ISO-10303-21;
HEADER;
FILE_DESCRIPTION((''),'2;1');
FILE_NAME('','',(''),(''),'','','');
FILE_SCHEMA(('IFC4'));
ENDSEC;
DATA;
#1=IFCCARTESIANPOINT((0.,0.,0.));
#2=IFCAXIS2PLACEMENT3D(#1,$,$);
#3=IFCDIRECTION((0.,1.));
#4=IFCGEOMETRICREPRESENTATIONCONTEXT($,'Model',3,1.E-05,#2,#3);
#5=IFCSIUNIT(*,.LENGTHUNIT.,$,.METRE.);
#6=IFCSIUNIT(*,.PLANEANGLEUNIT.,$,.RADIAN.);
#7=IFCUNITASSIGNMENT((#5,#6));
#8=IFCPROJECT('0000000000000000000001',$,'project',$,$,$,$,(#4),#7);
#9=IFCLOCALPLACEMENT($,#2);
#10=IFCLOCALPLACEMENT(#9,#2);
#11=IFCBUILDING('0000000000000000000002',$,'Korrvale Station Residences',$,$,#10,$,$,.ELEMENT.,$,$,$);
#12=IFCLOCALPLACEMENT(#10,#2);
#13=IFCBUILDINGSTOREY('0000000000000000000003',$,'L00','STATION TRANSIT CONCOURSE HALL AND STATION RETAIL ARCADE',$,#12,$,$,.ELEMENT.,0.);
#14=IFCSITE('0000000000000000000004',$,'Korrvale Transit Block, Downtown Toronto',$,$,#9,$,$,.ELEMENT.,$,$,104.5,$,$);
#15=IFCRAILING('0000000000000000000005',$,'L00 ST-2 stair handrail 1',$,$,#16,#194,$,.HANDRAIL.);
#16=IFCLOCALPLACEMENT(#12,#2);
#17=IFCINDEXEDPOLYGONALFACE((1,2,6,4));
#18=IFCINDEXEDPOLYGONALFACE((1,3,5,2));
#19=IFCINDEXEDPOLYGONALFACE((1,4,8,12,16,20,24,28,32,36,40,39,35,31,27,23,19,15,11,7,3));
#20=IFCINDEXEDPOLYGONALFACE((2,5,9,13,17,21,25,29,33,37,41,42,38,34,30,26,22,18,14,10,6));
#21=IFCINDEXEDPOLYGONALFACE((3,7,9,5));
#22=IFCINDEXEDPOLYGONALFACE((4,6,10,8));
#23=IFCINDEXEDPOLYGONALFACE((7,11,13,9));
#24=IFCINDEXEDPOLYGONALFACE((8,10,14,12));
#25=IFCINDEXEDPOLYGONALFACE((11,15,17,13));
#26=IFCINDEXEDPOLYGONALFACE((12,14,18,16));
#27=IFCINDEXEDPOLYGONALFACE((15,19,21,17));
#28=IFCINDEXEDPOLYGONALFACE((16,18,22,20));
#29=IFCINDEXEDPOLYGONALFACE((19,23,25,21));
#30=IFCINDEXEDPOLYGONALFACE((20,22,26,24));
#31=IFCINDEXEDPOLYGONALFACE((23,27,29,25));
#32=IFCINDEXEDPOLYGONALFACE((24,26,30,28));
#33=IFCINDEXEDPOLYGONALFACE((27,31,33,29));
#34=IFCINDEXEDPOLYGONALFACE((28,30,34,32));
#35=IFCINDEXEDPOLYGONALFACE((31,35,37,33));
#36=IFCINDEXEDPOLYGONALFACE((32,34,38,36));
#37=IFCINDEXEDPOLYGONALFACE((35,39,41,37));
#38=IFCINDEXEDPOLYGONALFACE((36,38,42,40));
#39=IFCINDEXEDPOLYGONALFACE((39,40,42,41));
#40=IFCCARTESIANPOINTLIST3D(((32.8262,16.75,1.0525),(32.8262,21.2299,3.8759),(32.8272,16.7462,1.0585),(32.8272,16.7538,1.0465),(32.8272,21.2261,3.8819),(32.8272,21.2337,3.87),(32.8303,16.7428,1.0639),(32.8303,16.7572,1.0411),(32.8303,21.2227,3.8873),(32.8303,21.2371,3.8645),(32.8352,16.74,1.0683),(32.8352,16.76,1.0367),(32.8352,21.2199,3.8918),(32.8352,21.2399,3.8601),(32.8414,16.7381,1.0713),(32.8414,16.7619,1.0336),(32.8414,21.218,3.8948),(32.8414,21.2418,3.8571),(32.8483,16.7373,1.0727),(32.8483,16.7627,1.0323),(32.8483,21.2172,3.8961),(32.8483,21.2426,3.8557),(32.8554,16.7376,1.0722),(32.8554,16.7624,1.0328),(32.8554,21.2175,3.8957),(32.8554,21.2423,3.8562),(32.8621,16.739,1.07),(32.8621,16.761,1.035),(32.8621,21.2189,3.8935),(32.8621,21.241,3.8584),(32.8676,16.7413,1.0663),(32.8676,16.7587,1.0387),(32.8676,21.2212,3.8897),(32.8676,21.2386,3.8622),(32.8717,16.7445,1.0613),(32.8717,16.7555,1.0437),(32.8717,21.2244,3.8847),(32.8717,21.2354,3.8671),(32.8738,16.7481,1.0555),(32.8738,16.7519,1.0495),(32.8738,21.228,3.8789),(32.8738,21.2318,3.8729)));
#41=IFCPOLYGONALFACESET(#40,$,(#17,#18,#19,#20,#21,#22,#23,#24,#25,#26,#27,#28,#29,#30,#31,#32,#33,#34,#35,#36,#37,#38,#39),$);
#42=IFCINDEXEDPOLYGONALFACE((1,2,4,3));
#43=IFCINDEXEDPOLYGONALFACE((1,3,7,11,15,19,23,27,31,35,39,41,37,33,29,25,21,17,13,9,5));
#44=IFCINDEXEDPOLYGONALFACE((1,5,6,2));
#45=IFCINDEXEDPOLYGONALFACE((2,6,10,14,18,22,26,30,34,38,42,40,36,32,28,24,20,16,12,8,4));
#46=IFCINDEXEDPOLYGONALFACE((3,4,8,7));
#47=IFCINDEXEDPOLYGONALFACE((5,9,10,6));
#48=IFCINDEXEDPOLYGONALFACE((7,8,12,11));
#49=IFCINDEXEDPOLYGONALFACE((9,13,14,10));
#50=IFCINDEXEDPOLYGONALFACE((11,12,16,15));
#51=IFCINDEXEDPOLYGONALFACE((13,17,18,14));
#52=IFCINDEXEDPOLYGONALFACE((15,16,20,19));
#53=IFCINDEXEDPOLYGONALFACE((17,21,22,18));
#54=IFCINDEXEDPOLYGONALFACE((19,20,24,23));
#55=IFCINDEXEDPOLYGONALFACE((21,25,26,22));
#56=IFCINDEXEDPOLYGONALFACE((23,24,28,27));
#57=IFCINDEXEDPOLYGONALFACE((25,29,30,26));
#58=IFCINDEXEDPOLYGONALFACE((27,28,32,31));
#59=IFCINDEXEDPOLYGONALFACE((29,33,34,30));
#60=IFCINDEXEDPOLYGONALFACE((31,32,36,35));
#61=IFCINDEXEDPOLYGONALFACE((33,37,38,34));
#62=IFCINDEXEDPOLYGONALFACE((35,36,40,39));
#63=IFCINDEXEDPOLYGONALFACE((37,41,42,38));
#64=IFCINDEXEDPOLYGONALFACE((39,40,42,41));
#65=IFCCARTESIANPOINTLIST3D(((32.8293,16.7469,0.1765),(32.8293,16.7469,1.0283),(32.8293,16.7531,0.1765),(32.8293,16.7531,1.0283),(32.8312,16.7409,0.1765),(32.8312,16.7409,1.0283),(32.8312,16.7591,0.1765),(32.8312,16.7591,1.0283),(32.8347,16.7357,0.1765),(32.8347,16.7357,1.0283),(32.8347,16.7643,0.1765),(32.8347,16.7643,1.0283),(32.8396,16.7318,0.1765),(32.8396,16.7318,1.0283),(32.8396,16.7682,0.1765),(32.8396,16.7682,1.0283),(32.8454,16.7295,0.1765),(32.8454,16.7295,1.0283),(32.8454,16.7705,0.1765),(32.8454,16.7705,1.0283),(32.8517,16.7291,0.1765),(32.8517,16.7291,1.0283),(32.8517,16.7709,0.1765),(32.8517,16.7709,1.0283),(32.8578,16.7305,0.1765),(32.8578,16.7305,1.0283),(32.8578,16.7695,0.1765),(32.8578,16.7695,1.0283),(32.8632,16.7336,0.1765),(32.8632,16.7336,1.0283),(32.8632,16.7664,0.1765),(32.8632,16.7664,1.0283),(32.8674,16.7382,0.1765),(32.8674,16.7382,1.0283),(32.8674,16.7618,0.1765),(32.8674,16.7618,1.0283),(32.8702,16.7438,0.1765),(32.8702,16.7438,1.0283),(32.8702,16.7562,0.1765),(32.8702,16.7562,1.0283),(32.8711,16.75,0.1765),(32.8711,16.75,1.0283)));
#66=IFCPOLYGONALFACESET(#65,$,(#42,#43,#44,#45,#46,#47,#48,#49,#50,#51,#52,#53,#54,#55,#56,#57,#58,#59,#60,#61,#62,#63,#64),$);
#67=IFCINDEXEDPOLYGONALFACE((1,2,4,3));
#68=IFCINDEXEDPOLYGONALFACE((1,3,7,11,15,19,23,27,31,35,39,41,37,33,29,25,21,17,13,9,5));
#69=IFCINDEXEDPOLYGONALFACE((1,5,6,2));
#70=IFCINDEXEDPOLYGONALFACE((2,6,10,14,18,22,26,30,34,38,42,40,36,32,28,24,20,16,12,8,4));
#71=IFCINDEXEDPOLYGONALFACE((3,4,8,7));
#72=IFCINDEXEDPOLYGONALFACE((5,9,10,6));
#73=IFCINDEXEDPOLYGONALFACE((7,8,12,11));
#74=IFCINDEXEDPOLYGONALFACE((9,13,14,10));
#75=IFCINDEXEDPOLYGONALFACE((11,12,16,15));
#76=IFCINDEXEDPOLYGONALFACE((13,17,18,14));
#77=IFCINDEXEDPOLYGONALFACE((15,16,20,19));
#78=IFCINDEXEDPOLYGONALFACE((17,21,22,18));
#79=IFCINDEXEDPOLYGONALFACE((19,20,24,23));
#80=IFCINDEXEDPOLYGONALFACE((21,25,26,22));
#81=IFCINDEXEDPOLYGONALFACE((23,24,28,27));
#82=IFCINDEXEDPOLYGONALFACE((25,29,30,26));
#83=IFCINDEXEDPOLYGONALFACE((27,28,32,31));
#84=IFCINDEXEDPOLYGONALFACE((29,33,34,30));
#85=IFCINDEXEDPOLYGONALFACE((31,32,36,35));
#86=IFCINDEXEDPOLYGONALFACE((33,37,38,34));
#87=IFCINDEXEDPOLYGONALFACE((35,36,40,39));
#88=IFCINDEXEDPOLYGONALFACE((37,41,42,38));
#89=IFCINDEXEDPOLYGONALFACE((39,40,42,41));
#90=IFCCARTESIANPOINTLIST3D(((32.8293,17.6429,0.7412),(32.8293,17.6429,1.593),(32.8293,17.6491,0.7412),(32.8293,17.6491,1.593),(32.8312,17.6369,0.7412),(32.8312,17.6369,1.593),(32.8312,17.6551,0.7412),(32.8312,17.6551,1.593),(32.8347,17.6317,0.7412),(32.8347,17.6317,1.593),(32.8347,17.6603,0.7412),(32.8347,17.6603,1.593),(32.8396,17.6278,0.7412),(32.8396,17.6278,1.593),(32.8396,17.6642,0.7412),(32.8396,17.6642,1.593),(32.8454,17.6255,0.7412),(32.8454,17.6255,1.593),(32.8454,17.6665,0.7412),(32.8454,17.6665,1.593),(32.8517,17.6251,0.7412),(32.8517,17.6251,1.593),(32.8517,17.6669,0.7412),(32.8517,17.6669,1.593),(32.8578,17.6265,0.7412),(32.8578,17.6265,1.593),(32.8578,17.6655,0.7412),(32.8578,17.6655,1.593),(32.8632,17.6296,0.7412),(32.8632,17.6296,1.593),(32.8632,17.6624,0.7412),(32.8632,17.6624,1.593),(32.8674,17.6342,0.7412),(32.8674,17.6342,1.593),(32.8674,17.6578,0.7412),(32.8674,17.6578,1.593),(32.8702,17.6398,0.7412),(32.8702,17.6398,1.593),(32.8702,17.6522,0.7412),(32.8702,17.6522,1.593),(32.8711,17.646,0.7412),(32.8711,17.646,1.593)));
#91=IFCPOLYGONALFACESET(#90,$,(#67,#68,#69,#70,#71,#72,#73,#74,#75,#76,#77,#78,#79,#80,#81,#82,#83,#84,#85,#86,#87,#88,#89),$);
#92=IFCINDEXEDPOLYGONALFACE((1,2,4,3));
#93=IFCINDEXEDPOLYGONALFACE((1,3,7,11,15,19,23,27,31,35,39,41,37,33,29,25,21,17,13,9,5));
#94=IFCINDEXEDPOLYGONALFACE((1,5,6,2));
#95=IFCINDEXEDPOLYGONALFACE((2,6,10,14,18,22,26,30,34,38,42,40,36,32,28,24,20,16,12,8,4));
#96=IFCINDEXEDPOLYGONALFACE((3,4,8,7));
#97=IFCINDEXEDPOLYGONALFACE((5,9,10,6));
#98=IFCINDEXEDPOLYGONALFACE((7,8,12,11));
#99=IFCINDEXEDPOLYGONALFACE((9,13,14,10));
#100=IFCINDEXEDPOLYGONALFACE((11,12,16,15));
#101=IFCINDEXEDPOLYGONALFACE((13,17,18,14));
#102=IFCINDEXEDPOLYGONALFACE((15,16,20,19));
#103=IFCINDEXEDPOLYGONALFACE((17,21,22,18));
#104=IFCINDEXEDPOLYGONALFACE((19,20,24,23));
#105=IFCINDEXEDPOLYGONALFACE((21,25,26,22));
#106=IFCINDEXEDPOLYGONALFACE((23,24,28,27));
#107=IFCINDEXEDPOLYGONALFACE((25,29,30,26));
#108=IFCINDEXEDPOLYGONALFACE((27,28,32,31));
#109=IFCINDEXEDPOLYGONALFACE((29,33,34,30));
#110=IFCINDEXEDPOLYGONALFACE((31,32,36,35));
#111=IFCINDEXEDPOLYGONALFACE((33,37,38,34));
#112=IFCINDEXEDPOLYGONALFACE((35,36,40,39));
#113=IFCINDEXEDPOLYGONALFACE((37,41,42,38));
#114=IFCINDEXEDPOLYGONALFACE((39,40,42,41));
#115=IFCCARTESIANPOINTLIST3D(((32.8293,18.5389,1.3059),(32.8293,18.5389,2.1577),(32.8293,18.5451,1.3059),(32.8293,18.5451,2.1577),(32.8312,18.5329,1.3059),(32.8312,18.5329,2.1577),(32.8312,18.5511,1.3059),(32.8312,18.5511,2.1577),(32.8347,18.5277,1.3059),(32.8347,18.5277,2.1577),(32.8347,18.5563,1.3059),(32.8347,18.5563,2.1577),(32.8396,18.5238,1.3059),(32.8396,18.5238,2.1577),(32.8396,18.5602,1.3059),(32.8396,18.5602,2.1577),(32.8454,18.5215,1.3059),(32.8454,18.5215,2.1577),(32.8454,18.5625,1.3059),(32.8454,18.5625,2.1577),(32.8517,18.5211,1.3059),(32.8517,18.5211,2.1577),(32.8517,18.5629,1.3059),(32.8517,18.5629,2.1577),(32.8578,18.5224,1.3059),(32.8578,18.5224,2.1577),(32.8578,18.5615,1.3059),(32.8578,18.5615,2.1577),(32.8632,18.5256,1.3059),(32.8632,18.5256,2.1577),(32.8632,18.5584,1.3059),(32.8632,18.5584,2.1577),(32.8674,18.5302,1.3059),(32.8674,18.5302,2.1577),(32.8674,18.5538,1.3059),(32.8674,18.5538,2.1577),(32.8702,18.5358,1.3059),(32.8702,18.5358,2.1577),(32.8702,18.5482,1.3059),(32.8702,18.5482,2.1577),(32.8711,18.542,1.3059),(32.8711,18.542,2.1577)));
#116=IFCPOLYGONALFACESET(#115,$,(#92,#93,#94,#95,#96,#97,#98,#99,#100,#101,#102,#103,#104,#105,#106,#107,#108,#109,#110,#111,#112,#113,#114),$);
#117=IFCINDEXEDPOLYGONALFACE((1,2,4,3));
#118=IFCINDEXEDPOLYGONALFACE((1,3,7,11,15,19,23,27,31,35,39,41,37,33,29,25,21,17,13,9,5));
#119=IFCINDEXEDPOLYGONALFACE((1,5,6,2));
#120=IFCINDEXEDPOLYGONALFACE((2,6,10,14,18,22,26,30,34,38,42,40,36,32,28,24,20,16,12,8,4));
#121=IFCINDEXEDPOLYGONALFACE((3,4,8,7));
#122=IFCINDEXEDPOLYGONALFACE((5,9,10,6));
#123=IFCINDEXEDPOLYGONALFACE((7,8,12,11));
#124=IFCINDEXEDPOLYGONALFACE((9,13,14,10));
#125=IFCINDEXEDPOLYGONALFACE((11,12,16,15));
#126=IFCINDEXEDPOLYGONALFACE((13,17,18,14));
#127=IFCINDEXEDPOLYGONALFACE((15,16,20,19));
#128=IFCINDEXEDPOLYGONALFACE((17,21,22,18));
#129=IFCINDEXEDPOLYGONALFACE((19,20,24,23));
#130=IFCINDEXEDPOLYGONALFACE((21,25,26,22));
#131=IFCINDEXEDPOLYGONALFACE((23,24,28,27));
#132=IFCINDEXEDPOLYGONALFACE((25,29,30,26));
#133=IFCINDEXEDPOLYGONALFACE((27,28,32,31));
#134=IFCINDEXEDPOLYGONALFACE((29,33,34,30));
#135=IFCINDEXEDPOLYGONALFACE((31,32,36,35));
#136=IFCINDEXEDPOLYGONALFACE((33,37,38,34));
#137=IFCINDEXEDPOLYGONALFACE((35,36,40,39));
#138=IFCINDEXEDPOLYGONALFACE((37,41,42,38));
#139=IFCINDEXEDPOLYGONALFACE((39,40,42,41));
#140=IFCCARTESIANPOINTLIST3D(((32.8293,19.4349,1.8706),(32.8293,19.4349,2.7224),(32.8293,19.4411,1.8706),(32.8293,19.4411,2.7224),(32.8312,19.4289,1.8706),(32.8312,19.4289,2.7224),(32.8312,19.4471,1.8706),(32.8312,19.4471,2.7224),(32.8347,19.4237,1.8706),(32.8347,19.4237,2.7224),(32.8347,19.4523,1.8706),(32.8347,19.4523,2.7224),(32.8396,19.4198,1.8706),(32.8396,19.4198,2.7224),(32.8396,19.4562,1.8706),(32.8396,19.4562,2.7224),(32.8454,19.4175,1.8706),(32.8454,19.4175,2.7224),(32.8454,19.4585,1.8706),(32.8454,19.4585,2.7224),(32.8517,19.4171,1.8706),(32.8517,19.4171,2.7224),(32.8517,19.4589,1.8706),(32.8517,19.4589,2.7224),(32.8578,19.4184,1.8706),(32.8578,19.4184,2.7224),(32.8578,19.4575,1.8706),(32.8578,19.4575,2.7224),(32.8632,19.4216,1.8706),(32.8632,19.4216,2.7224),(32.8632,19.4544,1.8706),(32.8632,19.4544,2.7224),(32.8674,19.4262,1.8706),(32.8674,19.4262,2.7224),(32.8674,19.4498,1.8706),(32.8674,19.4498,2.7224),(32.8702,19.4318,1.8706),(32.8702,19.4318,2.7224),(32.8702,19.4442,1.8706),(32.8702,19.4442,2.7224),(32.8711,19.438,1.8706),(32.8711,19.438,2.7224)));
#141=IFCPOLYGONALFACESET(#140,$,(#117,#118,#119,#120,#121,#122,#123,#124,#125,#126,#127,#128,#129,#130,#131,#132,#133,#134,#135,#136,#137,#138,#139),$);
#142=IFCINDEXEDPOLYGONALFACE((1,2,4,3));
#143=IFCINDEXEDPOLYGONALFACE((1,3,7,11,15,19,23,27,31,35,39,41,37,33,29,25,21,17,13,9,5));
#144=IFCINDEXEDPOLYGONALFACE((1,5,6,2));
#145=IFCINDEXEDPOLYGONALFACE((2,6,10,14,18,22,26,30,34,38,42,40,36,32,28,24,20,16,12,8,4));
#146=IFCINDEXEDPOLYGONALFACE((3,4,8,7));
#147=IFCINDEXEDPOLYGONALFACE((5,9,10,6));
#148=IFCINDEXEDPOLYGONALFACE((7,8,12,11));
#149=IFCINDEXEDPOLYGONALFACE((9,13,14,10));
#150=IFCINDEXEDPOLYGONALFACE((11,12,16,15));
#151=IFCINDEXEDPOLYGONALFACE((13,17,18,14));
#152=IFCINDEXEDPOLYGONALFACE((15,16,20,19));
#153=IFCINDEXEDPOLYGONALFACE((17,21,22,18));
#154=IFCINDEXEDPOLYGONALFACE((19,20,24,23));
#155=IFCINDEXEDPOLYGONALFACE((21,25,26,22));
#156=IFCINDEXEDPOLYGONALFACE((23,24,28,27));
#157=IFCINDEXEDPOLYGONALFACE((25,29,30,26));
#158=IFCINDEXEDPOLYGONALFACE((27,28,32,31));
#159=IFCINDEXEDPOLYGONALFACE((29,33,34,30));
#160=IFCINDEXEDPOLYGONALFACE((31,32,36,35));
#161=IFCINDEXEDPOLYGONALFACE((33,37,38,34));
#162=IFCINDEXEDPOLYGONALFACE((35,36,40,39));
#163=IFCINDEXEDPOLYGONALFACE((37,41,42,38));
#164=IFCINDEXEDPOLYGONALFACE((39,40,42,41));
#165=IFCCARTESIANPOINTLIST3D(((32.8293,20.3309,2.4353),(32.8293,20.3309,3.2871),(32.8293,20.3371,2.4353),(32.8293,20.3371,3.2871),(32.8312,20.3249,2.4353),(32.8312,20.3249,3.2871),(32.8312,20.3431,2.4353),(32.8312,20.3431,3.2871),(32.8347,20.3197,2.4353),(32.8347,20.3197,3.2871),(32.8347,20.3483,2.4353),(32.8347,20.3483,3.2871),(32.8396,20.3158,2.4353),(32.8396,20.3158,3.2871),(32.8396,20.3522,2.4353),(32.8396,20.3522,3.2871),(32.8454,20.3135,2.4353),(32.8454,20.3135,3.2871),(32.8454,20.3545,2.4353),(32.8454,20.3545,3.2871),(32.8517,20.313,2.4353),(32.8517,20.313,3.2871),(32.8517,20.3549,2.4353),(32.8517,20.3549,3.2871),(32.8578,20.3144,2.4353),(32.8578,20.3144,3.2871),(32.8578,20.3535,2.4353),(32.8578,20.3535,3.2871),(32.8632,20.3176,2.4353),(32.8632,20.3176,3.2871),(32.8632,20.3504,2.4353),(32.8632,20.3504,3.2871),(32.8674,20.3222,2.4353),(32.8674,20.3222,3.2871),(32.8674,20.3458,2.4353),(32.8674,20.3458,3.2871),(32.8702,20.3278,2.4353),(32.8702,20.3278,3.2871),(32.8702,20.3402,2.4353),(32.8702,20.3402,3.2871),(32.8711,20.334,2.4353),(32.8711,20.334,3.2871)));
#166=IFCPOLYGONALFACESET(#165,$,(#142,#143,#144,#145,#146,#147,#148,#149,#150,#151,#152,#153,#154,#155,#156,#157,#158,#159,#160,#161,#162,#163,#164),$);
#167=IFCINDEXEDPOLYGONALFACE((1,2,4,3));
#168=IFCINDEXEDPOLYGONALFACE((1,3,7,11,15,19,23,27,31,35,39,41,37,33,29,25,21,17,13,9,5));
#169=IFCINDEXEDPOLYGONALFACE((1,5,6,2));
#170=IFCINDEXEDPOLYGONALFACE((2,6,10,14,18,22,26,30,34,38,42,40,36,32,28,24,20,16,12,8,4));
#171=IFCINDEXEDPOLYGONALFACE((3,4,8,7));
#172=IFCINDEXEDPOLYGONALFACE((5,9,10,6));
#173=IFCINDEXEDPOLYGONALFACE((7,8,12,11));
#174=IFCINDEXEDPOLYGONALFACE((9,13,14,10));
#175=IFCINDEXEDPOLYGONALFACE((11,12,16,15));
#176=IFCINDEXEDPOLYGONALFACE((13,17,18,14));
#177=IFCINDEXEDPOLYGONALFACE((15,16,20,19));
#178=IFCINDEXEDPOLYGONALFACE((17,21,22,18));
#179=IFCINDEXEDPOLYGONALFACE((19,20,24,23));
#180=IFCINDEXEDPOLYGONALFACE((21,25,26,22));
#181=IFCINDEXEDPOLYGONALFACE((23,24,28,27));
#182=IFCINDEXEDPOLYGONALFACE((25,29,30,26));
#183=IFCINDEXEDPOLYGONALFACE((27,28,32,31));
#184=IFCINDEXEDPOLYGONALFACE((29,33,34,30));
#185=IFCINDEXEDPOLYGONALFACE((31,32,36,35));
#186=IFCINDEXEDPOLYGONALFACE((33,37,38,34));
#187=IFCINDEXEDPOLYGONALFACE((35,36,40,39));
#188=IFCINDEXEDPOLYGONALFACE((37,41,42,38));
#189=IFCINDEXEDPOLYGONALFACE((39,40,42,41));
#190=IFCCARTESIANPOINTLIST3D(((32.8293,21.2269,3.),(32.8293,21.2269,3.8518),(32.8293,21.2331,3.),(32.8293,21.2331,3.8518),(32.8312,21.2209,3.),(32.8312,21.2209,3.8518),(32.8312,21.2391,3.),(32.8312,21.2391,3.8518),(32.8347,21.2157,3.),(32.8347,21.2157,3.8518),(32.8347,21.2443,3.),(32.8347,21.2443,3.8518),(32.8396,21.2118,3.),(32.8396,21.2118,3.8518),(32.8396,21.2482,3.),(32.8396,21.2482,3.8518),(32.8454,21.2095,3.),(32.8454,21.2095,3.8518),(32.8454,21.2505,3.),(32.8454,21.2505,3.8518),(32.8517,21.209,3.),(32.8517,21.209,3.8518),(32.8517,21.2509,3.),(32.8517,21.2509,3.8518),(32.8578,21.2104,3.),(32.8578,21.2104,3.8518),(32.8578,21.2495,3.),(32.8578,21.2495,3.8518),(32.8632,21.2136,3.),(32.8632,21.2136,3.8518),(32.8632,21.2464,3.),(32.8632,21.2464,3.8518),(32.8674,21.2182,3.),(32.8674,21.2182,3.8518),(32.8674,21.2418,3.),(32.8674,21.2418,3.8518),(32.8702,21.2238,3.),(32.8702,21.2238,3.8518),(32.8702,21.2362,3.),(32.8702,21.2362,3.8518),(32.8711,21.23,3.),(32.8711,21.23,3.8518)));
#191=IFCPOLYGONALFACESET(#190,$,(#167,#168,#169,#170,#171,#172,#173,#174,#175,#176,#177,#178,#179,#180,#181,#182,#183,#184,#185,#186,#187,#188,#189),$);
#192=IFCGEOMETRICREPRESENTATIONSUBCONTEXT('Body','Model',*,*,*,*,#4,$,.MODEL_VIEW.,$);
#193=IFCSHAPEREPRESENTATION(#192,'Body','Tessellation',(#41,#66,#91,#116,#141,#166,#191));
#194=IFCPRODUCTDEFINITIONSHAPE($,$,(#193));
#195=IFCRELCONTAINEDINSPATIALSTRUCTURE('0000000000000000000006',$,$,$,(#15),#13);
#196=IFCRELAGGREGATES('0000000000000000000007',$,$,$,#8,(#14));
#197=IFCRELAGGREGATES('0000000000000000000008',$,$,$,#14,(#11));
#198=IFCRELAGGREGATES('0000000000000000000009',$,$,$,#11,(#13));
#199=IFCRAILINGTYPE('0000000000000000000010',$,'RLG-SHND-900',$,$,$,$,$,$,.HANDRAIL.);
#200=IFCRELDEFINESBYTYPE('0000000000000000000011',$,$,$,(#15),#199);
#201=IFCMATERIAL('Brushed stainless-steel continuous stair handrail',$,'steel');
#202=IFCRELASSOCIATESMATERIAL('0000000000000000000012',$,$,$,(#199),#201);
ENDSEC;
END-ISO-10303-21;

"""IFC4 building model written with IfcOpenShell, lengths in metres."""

from ifc_helpers import new_model, si_unit, direction, frame, origin, origin_2d, place, context, subcontext, project, spatial, circle, extrude, material, type_object, element, save


model = new_model("IFC4")

# Units and contexts
model_context = context("Model", 3, precision=1e-05, world=origin(), true_north=direction((0.0, 1.0)))
body_context = subcontext(model_context, "Body", "Model", "MODEL_VIEW")
ifc_project = project(units=[si_unit("LENGTHUNIT", "METRE"), si_unit("PLANEANGLEUNIT", "RADIAN")], contexts=[model_context])

# Site, building, storey
site_placement = place(None, origin())
site = spatial("IfcSite", under=ifc_project, at=site_placement, Name="Korrvale Transit Block, Downtown Toronto", CompositionType="ELEMENT", RefElevation=104.5)
building_placement = place(site_placement, origin())
building = spatial("IfcBuilding", under=site, at=building_placement, Name="Korrvale Station Residences", CompositionType="ELEMENT")
storey_placement = place(building_placement, origin())
storey = spatial("IfcBuildingStorey", under=building, at=storey_placement, Name="L00", Description="STATION TRANSIT CONCOURSE HALL AND STATION RETAIL ARCADE", CompositionType="ELEMENT", Elevation=0.0)

# Railing
ifc_material_1 = material(Name="Brushed stainless-steel continuous stair handrail", Category="steel")
railing_type_1 = type_object("IfcRailingType", Name="RLG-SHND-900", PredefinedType="HANDRAIL", material=ifc_material_1)
railing_1_placement = place(storey_placement, frame((32.8501, 16.75, 0.1765)))
element("IfcRailing", 1, at=railing_1_placement, inside=storey, type_object=railing_type_1, Name="L00 ST-2 stair handrail 1", PredefinedType="HANDRAIL", context=body_context, shape_type="SweptSolid", body=[
    extrude(circle(Radius=0.0239, at=origin_2d()), frame((0.0, 0.0, 0.876), z_axis=(0.0, 0.845998, 0.533186), x_axis=(-1.0, 0.0, 0.0)), (0.0, 0.0, 1.0), 5.2954),
    extrude(circle(Radius=0.021, at=origin_2d()), origin(), (0.0, 0.0, 1.0), 0.8518),
    extrude(circle(Radius=0.021, at=origin_2d()), frame((0.0, 0.896, 0.5647)), (0.0, 0.0, 1.0), 0.8518),
    extrude(circle(Radius=0.021, at=origin_2d()), frame((0.0, 1.792, 1.1294)), (0.0, 0.0, 1.0), 0.8518),
    extrude(circle(Radius=0.021, at=origin_2d()), frame((0.0, 2.688, 1.6941)), (0.0, 0.0, 1.0), 0.8518),
    extrude(circle(Radius=0.021, at=origin_2d()), frame((0.0, 3.584, 2.2588)), (0.0, 0.0, 1.0), 0.8518),
    extrude(circle(Radius=0.021, at=origin_2d()), frame((0.0, 4.48, 2.8235)), (0.0, 0.0, 1.0), 0.8518),
])

save(model, "model.ifc")
